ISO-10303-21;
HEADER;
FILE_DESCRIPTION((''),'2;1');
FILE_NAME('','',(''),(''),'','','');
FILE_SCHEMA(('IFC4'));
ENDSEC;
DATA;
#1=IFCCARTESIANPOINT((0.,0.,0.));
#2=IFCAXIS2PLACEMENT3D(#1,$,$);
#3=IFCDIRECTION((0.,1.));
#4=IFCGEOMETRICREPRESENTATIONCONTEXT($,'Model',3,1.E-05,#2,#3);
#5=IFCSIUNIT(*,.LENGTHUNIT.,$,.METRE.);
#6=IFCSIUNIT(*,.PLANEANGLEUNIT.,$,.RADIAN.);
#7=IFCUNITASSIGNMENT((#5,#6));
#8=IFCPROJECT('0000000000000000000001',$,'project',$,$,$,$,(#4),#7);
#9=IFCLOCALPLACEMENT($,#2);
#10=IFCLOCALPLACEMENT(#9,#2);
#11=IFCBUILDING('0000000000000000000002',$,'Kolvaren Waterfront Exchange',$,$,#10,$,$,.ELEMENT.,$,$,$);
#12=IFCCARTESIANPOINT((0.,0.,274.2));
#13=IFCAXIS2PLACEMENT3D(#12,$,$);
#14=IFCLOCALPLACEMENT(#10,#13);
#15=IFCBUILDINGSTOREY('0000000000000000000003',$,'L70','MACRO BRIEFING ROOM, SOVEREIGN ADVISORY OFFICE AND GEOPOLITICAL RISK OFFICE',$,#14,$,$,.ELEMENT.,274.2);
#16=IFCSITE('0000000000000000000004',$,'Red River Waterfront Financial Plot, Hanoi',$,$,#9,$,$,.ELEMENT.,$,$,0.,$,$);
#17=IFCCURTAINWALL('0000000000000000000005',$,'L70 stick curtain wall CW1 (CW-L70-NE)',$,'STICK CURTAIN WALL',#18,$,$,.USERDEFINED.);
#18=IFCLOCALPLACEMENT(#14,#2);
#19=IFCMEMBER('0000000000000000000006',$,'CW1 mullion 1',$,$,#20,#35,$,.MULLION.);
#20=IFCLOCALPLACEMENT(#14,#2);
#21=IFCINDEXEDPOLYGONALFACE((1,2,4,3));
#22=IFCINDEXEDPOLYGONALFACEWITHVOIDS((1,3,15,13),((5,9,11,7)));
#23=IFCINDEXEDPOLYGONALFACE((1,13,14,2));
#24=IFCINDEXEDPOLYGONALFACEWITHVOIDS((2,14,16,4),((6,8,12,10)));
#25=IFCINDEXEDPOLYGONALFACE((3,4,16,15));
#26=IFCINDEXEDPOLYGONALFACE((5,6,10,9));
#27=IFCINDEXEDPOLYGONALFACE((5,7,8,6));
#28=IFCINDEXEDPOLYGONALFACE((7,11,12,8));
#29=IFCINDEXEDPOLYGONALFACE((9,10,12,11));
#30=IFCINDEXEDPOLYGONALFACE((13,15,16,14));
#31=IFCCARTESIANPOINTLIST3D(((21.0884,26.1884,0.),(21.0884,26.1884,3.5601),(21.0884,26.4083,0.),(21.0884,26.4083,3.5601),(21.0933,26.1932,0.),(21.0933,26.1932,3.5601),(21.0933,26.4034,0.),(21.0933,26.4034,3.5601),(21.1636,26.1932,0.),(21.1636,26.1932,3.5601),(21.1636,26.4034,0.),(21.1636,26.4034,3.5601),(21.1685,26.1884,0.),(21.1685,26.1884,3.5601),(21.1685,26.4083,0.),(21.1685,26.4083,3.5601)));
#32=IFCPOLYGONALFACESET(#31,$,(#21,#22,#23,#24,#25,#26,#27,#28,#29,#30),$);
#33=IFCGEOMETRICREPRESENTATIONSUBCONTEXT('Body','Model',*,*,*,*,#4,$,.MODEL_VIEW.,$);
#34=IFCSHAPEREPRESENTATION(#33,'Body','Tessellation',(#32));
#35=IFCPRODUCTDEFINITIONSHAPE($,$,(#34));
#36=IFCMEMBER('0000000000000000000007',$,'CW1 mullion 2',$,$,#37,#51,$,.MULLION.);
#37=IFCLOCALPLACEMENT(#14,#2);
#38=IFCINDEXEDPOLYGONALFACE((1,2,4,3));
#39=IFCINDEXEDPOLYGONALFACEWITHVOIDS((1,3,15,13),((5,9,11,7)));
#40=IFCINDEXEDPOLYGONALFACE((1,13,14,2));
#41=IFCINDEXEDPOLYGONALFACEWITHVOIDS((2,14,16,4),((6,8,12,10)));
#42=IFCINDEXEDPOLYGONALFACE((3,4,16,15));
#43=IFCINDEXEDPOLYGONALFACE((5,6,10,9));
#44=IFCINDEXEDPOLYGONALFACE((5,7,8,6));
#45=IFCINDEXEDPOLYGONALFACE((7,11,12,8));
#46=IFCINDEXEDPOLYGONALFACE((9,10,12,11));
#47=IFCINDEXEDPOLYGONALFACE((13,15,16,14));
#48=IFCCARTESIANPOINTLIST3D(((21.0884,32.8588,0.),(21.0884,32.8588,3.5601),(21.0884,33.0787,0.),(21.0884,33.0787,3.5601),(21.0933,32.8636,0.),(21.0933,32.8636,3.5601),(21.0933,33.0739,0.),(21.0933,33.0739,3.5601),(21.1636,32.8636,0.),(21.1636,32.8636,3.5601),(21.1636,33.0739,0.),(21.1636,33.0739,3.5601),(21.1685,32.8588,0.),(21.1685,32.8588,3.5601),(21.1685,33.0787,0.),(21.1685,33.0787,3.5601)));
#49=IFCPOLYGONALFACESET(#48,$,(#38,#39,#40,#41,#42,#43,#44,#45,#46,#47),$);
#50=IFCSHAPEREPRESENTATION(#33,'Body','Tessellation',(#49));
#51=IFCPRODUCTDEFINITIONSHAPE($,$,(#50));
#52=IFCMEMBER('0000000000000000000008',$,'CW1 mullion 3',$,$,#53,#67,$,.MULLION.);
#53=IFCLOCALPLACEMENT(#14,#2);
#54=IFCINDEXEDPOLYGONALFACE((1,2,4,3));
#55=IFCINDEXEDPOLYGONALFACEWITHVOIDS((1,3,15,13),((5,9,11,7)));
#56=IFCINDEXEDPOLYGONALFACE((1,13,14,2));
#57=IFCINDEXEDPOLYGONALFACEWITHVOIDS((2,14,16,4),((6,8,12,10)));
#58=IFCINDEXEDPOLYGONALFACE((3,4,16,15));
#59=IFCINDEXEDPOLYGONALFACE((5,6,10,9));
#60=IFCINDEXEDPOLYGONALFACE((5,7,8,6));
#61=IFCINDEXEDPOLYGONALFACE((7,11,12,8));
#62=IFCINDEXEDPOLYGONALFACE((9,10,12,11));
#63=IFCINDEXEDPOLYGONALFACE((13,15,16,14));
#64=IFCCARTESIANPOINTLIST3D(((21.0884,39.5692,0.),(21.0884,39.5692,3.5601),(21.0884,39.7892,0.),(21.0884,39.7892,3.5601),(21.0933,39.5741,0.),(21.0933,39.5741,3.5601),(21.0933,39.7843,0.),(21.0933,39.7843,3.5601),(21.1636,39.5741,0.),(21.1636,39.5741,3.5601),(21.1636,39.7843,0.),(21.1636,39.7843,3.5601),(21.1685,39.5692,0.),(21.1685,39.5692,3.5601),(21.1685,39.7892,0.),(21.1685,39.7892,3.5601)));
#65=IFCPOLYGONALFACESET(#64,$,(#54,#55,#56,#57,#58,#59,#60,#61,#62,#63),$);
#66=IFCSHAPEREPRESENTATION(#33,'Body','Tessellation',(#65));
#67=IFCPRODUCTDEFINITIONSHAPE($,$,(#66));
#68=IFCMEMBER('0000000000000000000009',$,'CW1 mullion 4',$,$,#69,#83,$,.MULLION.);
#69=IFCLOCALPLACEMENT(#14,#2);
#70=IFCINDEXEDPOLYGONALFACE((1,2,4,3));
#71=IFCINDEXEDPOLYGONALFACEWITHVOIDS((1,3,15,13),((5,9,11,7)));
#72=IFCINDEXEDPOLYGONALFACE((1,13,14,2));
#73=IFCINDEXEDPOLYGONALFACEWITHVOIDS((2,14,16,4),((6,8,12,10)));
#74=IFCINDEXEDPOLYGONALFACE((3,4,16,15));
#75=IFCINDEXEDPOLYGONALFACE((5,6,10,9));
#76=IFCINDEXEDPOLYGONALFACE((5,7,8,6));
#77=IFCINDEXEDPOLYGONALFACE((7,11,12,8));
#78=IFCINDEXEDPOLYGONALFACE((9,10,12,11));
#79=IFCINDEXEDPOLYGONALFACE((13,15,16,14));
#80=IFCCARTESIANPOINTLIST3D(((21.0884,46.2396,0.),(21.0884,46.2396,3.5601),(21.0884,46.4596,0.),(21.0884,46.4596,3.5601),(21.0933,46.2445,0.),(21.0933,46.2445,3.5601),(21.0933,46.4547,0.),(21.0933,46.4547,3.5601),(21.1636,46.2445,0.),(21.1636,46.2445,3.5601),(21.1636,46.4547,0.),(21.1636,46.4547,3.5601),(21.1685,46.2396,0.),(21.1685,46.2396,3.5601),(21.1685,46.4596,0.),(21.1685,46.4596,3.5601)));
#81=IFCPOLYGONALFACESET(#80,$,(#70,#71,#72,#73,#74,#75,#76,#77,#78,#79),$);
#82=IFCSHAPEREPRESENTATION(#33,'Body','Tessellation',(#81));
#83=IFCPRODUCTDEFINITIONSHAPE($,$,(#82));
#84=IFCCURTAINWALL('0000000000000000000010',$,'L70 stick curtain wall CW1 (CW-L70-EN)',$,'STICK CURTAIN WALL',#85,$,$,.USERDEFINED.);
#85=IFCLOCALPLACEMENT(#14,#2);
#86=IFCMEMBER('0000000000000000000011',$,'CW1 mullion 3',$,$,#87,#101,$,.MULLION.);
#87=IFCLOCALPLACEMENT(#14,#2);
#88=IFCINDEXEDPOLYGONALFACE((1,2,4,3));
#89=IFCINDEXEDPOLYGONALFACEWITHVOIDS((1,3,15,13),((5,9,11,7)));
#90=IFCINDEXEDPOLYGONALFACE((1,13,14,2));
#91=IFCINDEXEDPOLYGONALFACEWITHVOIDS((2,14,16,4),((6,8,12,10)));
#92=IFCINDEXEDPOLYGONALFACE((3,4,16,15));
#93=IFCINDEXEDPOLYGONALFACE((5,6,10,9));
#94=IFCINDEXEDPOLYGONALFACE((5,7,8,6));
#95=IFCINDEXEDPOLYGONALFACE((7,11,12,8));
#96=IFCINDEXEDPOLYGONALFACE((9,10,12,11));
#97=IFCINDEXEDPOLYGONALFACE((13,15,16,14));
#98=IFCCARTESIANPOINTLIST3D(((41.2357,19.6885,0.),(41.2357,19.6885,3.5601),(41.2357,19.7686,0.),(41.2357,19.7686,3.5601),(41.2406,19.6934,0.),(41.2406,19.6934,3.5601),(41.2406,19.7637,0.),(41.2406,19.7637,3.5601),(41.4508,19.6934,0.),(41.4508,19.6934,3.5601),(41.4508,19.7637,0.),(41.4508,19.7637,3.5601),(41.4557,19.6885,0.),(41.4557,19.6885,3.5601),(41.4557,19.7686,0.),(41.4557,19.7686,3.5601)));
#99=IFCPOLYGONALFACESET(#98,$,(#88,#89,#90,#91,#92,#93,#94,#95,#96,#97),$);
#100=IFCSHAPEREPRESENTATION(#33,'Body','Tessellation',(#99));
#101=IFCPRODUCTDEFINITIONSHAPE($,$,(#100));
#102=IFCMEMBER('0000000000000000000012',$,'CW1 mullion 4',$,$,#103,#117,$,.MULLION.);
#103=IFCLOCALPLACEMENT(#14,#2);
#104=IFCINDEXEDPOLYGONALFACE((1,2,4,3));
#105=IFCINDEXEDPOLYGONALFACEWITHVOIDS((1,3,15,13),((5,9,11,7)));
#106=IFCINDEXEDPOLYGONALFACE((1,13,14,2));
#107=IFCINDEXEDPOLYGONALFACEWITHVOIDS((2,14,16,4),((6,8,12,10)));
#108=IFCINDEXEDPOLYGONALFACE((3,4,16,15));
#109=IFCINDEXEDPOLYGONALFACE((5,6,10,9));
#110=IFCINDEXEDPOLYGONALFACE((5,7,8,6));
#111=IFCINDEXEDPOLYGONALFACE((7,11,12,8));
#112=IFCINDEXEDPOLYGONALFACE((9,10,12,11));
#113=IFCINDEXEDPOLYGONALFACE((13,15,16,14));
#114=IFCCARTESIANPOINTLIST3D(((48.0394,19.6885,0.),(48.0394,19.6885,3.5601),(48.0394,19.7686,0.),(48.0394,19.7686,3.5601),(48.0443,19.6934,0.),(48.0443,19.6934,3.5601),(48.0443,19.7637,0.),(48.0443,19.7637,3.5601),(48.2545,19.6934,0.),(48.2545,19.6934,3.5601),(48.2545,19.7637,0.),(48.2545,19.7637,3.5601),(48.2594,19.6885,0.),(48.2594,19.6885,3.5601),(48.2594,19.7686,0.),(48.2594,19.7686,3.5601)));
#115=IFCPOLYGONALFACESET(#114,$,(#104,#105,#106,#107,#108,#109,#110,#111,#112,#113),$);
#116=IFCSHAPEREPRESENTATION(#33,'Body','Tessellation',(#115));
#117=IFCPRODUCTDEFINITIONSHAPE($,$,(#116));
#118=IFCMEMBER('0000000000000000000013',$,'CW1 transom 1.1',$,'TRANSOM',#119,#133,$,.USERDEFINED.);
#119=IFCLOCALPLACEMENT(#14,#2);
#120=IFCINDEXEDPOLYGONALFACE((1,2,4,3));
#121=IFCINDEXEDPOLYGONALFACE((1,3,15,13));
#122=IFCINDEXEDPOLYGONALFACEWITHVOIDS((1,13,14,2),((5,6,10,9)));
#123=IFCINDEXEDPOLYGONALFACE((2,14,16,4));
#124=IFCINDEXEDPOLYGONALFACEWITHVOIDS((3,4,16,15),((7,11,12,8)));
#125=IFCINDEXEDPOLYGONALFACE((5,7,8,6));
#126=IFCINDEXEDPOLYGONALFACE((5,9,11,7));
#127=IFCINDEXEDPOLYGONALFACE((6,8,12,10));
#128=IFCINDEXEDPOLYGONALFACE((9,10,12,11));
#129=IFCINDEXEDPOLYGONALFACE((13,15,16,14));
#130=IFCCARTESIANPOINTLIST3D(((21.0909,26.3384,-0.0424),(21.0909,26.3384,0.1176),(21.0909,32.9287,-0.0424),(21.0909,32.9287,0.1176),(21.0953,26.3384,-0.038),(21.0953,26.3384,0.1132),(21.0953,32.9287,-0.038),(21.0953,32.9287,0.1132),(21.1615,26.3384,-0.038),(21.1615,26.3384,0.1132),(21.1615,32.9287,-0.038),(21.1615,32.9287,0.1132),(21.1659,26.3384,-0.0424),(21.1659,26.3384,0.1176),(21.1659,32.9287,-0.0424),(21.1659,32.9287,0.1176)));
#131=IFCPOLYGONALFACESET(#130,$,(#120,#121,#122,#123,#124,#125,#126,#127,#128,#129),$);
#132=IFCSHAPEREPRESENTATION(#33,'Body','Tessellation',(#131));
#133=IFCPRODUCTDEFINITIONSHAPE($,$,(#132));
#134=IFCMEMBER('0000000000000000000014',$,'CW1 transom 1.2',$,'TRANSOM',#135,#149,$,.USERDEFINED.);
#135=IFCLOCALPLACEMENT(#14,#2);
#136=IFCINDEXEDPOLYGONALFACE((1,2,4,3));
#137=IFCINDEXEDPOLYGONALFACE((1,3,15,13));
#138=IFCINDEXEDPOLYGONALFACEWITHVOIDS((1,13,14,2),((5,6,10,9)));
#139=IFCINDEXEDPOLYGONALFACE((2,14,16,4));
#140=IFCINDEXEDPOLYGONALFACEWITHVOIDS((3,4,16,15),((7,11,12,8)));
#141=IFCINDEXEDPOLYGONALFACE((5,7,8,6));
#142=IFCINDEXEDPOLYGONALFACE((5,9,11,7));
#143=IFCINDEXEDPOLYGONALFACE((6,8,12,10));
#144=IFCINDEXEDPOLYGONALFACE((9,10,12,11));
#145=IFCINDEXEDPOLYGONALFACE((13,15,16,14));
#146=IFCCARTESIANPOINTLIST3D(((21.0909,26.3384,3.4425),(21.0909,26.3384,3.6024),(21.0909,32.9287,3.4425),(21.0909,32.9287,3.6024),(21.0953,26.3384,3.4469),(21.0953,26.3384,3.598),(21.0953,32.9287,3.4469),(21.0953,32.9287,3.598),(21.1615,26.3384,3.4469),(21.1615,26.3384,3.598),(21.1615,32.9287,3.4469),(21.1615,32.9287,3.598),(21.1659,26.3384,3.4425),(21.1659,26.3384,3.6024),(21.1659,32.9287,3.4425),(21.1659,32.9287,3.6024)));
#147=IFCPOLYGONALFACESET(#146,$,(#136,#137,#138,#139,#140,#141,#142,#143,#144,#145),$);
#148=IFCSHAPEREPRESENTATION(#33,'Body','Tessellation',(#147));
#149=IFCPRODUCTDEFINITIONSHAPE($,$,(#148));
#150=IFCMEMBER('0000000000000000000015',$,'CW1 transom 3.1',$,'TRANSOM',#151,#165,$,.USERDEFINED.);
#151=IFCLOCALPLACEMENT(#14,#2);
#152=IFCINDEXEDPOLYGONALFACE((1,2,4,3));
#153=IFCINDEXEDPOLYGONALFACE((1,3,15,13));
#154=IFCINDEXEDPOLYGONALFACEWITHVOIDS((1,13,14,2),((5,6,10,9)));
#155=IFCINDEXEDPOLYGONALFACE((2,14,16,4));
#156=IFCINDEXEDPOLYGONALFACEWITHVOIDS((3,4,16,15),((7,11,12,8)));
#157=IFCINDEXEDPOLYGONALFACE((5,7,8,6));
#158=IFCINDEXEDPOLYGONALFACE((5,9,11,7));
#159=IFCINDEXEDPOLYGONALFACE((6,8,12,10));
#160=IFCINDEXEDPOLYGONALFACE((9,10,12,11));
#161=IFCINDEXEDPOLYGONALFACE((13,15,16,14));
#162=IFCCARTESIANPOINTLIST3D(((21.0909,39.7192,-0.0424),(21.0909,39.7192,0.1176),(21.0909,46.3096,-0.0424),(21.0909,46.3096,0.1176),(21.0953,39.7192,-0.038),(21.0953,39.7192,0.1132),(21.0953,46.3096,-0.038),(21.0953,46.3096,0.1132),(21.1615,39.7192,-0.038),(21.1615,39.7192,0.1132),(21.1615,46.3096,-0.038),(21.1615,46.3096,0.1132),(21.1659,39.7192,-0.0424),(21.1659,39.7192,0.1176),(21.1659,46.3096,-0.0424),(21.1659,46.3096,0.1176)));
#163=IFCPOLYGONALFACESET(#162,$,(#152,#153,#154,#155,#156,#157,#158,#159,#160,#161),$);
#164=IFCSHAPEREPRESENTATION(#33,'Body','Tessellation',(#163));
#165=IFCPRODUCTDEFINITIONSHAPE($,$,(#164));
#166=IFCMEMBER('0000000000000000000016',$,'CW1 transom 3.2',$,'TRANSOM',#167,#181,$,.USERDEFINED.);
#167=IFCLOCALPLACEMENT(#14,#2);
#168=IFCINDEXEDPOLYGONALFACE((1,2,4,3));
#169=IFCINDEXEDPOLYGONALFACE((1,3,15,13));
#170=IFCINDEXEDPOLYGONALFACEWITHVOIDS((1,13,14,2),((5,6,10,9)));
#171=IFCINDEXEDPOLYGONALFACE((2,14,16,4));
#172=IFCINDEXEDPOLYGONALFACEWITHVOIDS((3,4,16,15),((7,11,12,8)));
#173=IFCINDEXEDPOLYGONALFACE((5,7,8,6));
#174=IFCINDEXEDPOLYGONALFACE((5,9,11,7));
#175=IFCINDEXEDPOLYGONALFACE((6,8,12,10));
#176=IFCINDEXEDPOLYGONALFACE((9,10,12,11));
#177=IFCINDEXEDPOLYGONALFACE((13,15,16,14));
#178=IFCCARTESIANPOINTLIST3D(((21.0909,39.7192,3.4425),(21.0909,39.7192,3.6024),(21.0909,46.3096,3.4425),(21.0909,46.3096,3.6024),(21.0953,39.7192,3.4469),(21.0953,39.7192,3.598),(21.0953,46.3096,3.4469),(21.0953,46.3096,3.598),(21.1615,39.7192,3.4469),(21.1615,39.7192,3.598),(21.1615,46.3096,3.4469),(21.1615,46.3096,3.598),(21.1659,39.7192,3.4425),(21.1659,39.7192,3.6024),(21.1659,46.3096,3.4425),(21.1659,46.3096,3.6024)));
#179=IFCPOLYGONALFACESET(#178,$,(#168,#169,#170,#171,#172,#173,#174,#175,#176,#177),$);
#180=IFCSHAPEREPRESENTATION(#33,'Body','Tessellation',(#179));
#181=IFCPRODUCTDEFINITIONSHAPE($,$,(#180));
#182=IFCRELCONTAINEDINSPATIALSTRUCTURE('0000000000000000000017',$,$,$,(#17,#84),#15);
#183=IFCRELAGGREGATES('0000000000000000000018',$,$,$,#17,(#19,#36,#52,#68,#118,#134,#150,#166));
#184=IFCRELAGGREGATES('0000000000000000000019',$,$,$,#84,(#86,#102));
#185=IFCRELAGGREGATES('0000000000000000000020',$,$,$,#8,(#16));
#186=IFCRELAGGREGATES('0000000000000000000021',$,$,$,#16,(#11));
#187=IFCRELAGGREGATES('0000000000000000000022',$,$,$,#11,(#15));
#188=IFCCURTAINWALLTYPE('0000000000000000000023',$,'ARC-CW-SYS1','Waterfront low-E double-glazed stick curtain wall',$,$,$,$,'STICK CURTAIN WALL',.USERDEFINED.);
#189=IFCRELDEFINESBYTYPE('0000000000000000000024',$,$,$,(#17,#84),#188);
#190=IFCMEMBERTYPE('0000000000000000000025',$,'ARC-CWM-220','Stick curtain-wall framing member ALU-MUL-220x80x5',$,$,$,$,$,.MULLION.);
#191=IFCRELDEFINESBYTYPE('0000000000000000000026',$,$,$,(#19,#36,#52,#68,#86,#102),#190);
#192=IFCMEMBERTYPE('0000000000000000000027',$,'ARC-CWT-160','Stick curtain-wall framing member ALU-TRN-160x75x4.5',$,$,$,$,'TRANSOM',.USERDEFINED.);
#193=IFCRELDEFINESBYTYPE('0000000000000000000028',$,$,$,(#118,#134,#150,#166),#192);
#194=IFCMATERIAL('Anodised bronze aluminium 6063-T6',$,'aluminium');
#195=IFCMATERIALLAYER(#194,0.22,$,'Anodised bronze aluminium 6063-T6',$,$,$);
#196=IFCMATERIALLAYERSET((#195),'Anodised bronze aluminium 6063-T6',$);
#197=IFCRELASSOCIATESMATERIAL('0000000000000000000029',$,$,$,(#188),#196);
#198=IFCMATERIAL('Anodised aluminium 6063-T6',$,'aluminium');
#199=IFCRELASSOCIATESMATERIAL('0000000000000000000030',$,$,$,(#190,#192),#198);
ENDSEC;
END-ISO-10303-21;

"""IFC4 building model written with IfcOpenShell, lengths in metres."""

from ifc_helpers import new_model, si_unit, direction, frame, origin, origin_with_axes, origin_2d, place, context, subcontext, project, spatial, hollow_rectangle, extrude, source, transform, mapped, material, layer, layer_set, material_profile, profile_set, type_object, element, aggregate, save


model = new_model("IFC4")

# Units and contexts
model_context = context("Model", 3, precision=1e-05, world=origin(), true_north=direction((0.0, 1.0)))
body_context = subcontext(model_context, "Body", "Model", "MODEL_VIEW")
ifc_project = project(units=[si_unit("LENGTHUNIT", "METRE"), si_unit("PLANEANGLEUNIT", "RADIAN")], contexts=[model_context])

# Site, building, storey
site_placement = place(None, origin())
site = spatial("IfcSite", under=ifc_project, at=site_placement, Name="Red River Waterfront Financial Plot, Hanoi", CompositionType="ELEMENT", RefElevation=0.0)
building_placement = place(site_placement, origin())
building = spatial("IfcBuilding", under=site, at=building_placement, Name="Kolvaren Waterfront Exchange", CompositionType="ELEMENT")
storey_placement = place(building_placement, frame((0.0, 0.0, 274.2)))
storey = spatial("IfcBuildingStorey", under=building, at=storey_placement, Name="L70", Description="MACRO BRIEFING ROOM, SOVEREIGN ADVISORY OFFICE AND GEOPOLITICAL RISK OFFICE", CompositionType="ELEMENT", Elevation=274.2)

# Curtain walls, members
ifc_material_1 = material(Name="Anodised bronze aluminium 6063-T6", Category="aluminium")
ifc_layer_1 = layer(ifc_material_1, 0.22, Name="Anodised bronze aluminium 6063-T6")
ifc_layer_set_1 = layer_set([ifc_layer_1], Name="Anodised bronze aluminium 6063-T6")
curtain_wall_type = type_object("IfcCurtainWallType", Name="ARC-CW-SYS1", Description="Waterfront low-E double-glazed stick curtain wall", ElementType="STICK CURTAIN WALL", PredefinedType="USERDEFINED", material=ifc_layer_set_1)
curtain_wall_1_placement = place(storey_placement, origin())
curtain_wall_1 = element("IfcCurtainWall", 1, at=curtain_wall_1_placement, inside=storey, type_object=curtain_wall_type, Name="L70 stick curtain wall CW1 (CW-L70-NE)", ObjectType="STICK CURTAIN WALL", PredefinedType="USERDEFINED")
ifc_material_2 = material(Name="Anodised aluminium 6063-T6", Category="aluminium")
ifc_material_profile_1 = material_profile(ifc_material_2, hollow_rectangle(XDim=0.0801, YDim=0.22, WallThickness=0.0049, at=origin_2d()), Name="ALU-MUL-220x80x5")
ifc_profile_set_1 = profile_set([ifc_material_profile_1], Name="Anodised aluminium 6063-T6")
member_type_1 = type_object("IfcMemberType", Name="ARC-CWM-220", Description="Stick curtain-wall framing member ALU-MUL-220x80x5", PredefinedType="MULLION", material=ifc_profile_set_1)
shared_shape_1 = source(origin_with_axes(), body_context, "Body", "SweptSolid", [
    extrude(hollow_rectangle(XDim=0.0801, YDim=0.22, WallThickness=0.0049, at=origin_2d()), origin(), (0.0, 0.0, 1.0), 3.5601),
])
member_1_placement = place(storey_placement, frame((21.1284, 26.2983, 0.0), z_axis=(0.0, 0.0, 1.0), x_axis=(-1.0, 0.0, 0.0)))
member_1 = element("IfcMember", 2, at=member_1_placement, type_object=member_type_1, Name="CW1 mullion 1", PredefinedType="MULLION", context=body_context, shape_type="MappedRepresentation", body=[
    mapped(shared_shape_1, transform((0.0, 0.0, 0.0), x_axis=(1.0, 0.0, 0.0), y_axis=(0.0, 1.0, 0.0), z_axis=(0.0, 0.0, 1.0), scale=1.0)),
])
member_2_placement = place(storey_placement, frame((21.1284, 32.9688, 0.0), z_axis=(0.0, 0.0, 1.0), x_axis=(-1.0, 0.0, 0.0)))
member_2 = element("IfcMember", 3, at=member_2_placement, type_object=member_type_1, Name="CW1 mullion 2", PredefinedType="MULLION", context=body_context, shape_type="MappedRepresentation", body=[
    mapped(shared_shape_1, transform((0.0, 0.0, 0.0), x_axis=(1.0, 0.0, 0.0), y_axis=(0.0, 1.0, 0.0), z_axis=(0.0, 0.0, 1.0), scale=1.0)),
])
member_3_placement = place(storey_placement, frame((21.1284, 39.6792, 0.0), z_axis=(0.0, 0.0, 1.0), x_axis=(-1.0, 0.0, 0.0)))
member_3 = element("IfcMember", 4, at=member_3_placement, type_object=member_type_1, Name="CW1 mullion 3", PredefinedType="MULLION", context=body_context, shape_type="MappedRepresentation", body=[
    mapped(shared_shape_1, transform((0.0, 0.0, 0.0), x_axis=(1.0, 0.0, 0.0), y_axis=(0.0, 1.0, 0.0), z_axis=(0.0, 0.0, 1.0), scale=1.0)),
])
member_4_placement = place(storey_placement, frame((21.1284, 46.3496, 0.0), z_axis=(0.0, 0.0, 1.0), x_axis=(-1.0, 0.0, 0.0)))
member_4 = element("IfcMember", 5, at=member_4_placement, type_object=member_type_1, Name="CW1 mullion 4", PredefinedType="MULLION", context=body_context, shape_type="MappedRepresentation", body=[
    mapped(shared_shape_1, transform((0.0, 0.0, 0.0), x_axis=(1.0, 0.0, 0.0), y_axis=(0.0, 1.0, 0.0), z_axis=(0.0, 0.0, 1.0), scale=1.0)),
])
curtain_wall_2_placement = place(storey_placement, origin())
curtain_wall_2 = element("IfcCurtainWall", 6, at=curtain_wall_2_placement, inside=storey, type_object=curtain_wall_type, Name="L70 stick curtain wall CW1 (CW-L70-EN)", ObjectType="STICK CURTAIN WALL", PredefinedType="USERDEFINED")
member_5_placement = place(storey_placement, frame((41.3457, 19.7285, 0.0), z_axis=(0.0, 0.0, 1.0), x_axis=(0.0, 1.0, 0.0)))
member_5 = element("IfcMember", 7, at=member_5_placement, type_object=member_type_1, Name="CW1 mullion 3", PredefinedType="MULLION", context=body_context, shape_type="MappedRepresentation", body=[
    mapped(shared_shape_1, transform((0.0, 0.0, 0.0), x_axis=(1.0, 0.0, 0.0), y_axis=(0.0, 1.0, 0.0), z_axis=(0.0, 0.0, 1.0), scale=1.0)),
])
member_6_placement = place(storey_placement, frame((48.1494, 19.7285, 0.0), z_axis=(0.0, 0.0, 1.0), x_axis=(0.0, 1.0, 0.0)))
member_6 = element("IfcMember", 8, at=member_6_placement, type_object=member_type_1, Name="CW1 mullion 4", PredefinedType="MULLION", context=body_context, shape_type="MappedRepresentation", body=[
    mapped(shared_shape_1, transform((0.0, 0.0, 0.0), x_axis=(1.0, 0.0, 0.0), y_axis=(0.0, 1.0, 0.0), z_axis=(0.0, 0.0, 1.0), scale=1.0)),
])

# Members
ifc_material_profile_2 = material_profile(ifc_material_2, hollow_rectangle(XDim=0.075, YDim=0.1599, WallThickness=0.0044, at=origin_2d()), Name="ALU-TRN-160x75x4.5")
ifc_profile_set_2 = profile_set([ifc_material_profile_2], Name="Anodised aluminium 6063-T6")
member_type_2 = type_object("IfcMemberType", Name="ARC-CWT-160", Description="Stick curtain-wall framing member ALU-TRN-160x75x4.5", ElementType="TRANSOM", PredefinedType="USERDEFINED", material=ifc_profile_set_2)
shared_shape_2 = source(origin_with_axes(), body_context, "Body", "SweptSolid", [
    extrude(hollow_rectangle(XDim=0.075, YDim=0.1599, WallThickness=0.0044, at=origin_2d()), origin(), (0.0, 0.0, 1.0), 6.5903),
])
member_7_placement = place(storey_placement, frame((21.1284, 26.3384, 0.0376), z_axis=(0.0, 1.0, 0.0), x_axis=(-1.0, 0.0, 0.0)))
member_7 = element("IfcMember", 9, at=member_7_placement, type_object=member_type_2, Name="CW1 transom 1.1", ObjectType="TRANSOM", PredefinedType="USERDEFINED", context=body_context, shape_type="MappedRepresentation", body=[
    mapped(shared_shape_2, transform((0.0, 0.0, 0.0), x_axis=(1.0, 0.0, 0.0), y_axis=(0.0, 1.0, 0.0), z_axis=(0.0, 0.0, 1.0), scale=1.0)),
])
member_8_placement = place(storey_placement, frame((21.1284, 26.3384, 3.5225), z_axis=(0.0, 1.0, 0.0), x_axis=(-1.0, 0.0, 0.0)))
member_8 = element("IfcMember", 10, at=member_8_placement, type_object=member_type_2, Name="CW1 transom 1.2", ObjectType="TRANSOM", PredefinedType="USERDEFINED", context=body_context, shape_type="MappedRepresentation", body=[
    mapped(shared_shape_2, transform((0.0, 0.0, 0.0), x_axis=(1.0, 0.0, 0.0), y_axis=(0.0, 1.0, 0.0), z_axis=(0.0, 0.0, 1.0), scale=1.0)),
])
member_9_placement = place(storey_placement, frame((21.1284, 39.7192, 0.0376), z_axis=(0.0, 1.0, 0.0), x_axis=(-1.0, 0.0, 0.0)))
member_9 = element("IfcMember", 11, at=member_9_placement, type_object=member_type_2, Name="CW1 transom 3.1", ObjectType="TRANSOM", PredefinedType="USERDEFINED", context=body_context, shape_type="MappedRepresentation", body=[
    mapped(shared_shape_2, transform((0.0, 0.0, 0.0), x_axis=(1.0, 0.0, 0.0), y_axis=(0.0, 1.0, 0.0), z_axis=(0.0, 0.0, 1.0), scale=1.0)),
])
member_10_placement = place(storey_placement, frame((21.1284, 39.7192, 3.5225), z_axis=(0.0, 1.0, 0.0), x_axis=(-1.0, 0.0, 0.0)))
member_10 = element("IfcMember", 12, at=member_10_placement, type_object=member_type_2, Name="CW1 transom 3.2", ObjectType="TRANSOM", PredefinedType="USERDEFINED", context=body_context, shape_type="MappedRepresentation", body=[
    mapped(shared_shape_2, transform((0.0, 0.0, 0.0), x_axis=(1.0, 0.0, 0.0), y_axis=(0.0, 1.0, 0.0), z_axis=(0.0, 0.0, 1.0), scale=1.0)),
])

aggregate(curtain_wall_1, [member_1, member_2, member_3, member_4, member_7, member_8, member_9, member_10])
aggregate(curtain_wall_2, [member_5, member_6])

save(model, "model.ifc")
